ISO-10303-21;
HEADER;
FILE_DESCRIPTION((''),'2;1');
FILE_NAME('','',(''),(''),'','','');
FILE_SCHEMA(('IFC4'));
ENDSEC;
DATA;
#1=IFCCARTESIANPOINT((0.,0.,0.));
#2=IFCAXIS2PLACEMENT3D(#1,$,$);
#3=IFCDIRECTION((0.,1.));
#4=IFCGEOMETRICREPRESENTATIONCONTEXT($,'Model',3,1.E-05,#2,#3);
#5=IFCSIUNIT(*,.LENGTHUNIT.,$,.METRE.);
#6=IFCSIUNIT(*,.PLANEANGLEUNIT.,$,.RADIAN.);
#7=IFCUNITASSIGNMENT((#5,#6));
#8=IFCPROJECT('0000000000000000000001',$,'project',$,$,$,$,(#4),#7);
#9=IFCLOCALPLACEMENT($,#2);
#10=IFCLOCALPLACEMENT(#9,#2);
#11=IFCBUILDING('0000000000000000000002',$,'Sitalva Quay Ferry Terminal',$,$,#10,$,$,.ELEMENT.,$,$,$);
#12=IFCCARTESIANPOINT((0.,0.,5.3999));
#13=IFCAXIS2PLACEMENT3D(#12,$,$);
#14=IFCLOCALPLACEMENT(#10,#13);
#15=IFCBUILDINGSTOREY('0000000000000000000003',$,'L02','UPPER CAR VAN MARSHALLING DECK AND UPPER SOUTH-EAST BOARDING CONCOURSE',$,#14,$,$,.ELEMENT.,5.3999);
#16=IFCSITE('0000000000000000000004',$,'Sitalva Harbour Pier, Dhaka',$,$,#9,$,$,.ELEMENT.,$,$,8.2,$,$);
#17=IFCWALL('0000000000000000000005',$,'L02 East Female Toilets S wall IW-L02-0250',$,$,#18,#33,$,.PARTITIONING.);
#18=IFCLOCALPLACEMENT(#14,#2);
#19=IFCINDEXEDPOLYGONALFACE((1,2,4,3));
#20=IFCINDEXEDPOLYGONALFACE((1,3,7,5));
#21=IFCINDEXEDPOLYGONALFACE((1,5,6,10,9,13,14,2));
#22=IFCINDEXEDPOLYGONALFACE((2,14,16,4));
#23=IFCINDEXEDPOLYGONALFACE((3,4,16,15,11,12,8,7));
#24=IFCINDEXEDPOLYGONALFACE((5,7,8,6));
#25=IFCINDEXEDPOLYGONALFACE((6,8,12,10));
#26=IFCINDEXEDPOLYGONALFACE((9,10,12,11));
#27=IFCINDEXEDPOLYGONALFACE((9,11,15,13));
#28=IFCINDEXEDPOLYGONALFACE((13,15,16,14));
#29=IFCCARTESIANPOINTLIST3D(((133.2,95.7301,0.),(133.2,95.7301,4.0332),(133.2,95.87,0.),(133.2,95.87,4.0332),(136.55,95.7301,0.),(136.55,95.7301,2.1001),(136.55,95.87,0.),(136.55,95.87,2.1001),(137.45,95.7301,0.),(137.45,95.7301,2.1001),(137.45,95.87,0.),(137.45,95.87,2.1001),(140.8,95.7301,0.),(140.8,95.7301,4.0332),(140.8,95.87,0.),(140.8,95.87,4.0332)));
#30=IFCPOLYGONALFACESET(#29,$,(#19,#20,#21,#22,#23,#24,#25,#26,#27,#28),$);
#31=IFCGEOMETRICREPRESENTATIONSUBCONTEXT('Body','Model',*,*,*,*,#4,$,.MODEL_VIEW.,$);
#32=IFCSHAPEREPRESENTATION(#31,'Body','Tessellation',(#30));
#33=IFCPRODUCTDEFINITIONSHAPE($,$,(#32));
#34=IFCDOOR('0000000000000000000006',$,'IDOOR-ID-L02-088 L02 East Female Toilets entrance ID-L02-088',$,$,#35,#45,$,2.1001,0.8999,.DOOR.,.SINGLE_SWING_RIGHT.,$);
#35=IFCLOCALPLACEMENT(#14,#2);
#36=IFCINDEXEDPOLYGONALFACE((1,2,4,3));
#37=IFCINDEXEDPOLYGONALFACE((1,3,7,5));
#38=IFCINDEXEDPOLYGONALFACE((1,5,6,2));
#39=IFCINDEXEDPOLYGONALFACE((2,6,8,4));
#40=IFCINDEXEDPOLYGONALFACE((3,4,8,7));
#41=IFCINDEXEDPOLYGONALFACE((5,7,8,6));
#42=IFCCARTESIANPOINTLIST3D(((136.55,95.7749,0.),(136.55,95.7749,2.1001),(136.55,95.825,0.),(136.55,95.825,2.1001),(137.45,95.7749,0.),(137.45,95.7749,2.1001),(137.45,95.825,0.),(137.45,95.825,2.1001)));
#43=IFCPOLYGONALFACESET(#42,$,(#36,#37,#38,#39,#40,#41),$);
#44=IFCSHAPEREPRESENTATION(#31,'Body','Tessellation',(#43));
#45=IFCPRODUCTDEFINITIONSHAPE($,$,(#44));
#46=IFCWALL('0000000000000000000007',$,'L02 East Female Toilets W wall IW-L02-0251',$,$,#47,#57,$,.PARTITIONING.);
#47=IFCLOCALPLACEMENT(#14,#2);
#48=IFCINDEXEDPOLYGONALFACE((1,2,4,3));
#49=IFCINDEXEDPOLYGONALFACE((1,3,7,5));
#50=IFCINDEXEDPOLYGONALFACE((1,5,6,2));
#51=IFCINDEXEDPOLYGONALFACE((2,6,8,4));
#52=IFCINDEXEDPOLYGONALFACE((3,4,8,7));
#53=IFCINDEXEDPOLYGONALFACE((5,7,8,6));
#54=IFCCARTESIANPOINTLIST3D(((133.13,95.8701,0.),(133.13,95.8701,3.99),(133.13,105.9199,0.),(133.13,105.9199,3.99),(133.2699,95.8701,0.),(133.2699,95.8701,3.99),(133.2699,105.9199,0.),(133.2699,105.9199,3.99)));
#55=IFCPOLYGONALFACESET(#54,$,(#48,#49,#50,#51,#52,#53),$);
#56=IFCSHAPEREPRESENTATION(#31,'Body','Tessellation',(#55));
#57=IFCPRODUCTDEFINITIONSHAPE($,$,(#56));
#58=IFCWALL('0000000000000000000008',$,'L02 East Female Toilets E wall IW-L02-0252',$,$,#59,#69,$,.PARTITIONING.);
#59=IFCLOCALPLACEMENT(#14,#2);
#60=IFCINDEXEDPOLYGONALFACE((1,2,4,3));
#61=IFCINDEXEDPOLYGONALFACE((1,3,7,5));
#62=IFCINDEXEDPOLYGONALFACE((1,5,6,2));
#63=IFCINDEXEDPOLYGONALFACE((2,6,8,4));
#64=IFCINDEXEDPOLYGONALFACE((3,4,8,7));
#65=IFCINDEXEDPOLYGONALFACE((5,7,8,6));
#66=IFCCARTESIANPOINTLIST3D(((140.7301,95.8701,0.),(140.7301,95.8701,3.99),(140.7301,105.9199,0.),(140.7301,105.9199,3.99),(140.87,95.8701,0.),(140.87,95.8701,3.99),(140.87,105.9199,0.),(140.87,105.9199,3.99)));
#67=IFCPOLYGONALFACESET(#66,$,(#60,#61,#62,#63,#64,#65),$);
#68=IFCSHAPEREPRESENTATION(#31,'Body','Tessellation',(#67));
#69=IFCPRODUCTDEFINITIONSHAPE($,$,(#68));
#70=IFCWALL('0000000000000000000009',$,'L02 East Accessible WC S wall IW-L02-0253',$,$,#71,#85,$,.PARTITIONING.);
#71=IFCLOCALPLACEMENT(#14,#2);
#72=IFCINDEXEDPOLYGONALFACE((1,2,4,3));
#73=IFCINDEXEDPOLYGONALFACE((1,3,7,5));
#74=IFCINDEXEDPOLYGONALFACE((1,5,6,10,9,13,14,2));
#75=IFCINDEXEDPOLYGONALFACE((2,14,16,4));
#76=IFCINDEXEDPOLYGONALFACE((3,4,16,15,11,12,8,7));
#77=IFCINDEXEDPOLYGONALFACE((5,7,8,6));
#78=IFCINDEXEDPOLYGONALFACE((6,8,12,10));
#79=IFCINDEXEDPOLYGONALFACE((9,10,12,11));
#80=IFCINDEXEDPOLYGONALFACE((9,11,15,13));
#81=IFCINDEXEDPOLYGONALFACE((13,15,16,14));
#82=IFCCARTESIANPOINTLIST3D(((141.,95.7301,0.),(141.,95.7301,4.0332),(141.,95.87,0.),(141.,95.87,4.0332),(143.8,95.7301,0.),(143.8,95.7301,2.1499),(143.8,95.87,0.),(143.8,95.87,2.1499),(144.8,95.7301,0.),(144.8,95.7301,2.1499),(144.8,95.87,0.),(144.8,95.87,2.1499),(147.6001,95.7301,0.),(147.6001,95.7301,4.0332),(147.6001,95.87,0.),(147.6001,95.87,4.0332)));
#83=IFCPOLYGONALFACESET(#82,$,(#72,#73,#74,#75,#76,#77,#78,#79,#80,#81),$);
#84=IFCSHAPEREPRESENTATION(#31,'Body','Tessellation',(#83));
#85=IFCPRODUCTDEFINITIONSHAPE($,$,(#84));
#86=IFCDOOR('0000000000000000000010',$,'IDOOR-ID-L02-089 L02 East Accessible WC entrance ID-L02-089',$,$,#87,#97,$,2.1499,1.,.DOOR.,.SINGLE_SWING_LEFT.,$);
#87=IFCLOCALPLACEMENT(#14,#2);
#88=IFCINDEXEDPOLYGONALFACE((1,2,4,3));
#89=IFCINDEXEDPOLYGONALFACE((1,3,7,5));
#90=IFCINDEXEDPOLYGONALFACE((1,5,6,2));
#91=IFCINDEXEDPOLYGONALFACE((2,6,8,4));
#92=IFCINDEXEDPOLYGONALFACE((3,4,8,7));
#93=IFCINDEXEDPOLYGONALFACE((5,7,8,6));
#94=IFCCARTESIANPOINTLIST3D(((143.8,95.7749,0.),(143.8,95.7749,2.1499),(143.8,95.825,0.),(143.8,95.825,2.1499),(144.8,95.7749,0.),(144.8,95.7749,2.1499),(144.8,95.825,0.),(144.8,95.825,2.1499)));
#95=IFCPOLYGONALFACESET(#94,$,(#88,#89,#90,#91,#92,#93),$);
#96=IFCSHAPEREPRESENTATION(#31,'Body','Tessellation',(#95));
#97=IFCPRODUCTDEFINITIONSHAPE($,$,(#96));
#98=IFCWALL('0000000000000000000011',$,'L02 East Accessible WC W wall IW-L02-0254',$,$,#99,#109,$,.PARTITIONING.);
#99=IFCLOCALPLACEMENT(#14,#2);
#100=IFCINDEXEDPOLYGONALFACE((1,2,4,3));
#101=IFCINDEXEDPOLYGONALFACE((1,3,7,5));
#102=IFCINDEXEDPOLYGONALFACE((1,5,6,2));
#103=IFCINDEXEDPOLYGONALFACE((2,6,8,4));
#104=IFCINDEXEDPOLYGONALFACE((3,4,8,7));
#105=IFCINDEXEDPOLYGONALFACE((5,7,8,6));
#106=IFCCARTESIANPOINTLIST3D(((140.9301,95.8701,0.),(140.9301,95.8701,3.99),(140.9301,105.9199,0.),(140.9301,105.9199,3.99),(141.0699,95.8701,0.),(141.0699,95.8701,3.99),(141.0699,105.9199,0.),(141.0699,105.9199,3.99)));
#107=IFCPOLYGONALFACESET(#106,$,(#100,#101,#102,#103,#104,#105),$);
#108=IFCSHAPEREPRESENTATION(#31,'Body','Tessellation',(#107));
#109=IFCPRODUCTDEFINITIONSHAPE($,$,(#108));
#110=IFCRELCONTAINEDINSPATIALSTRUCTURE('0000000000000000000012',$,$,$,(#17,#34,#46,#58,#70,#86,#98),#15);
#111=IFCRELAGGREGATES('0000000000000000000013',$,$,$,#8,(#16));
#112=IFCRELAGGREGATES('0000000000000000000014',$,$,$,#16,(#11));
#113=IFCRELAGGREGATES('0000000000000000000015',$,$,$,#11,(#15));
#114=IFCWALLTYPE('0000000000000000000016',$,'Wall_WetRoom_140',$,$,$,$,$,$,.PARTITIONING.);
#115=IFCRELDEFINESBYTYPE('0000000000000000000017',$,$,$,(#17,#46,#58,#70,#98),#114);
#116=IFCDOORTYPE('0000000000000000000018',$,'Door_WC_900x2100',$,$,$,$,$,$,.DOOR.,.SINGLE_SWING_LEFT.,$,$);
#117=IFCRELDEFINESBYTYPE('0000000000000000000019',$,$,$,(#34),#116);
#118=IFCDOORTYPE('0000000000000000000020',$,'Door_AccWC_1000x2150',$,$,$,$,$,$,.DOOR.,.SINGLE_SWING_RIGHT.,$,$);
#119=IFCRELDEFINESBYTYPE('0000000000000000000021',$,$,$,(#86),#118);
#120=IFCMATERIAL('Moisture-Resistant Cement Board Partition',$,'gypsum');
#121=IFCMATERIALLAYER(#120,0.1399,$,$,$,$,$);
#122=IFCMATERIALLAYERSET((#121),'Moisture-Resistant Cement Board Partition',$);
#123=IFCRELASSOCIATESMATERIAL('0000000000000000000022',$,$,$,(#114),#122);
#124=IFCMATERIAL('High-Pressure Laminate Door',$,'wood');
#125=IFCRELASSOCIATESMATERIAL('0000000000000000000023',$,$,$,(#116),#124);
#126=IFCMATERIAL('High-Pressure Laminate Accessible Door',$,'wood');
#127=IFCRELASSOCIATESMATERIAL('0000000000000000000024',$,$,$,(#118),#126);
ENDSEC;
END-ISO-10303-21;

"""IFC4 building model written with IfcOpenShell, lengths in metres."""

from ifc_helpers import new_model, si_unit, direction, frame, frame_2d, origin, place, context, subcontext, project, spatial, rectangle, extrude, material, layer, layer_set, type_object, element, fill, save


model = new_model("IFC4")

# Units and contexts
model_context = context("Model", 3, precision=1e-05, world=origin(), true_north=direction((0.0, 1.0)))
body_context = subcontext(model_context, "Body", "Model", "MODEL_VIEW")
ifc_project = project(units=[si_unit("LENGTHUNIT", "METRE"), si_unit("PLANEANGLEUNIT", "RADIAN")], contexts=[model_context])

# Site, building, storey
site_placement = place(None, origin())
site = spatial("IfcSite", under=ifc_project, at=site_placement, Name="Sitalva Harbour Pier, Dhaka", CompositionType="ELEMENT", RefElevation=8.2)
building_placement = place(site_placement, origin())
building = spatial("IfcBuilding", under=site, at=building_placement, Name="Sitalva Quay Ferry Terminal", CompositionType="ELEMENT")
storey_placement = place(building_placement, frame((0.0, 0.0, 5.3999)))
storey = spatial("IfcBuildingStorey", under=building, at=storey_placement, Name="L02", Description="UPPER CAR VAN MARSHALLING DECK AND UPPER SOUTH-EAST BOARDING CONCOURSE", CompositionType="ELEMENT", Elevation=5.3999)

# Shared definitions
ifc_material_1 = material(Name="Moisture-Resistant Cement Board Partition", Category="gypsum")
ifc_layer_1 = layer(ifc_material_1, 0.1399)
ifc_layer_set_1 = layer_set([ifc_layer_1], Name="Moisture-Resistant Cement Board Partition")
wall_type_1 = type_object("IfcWallType", Name="Wall_WetRoom_140", PredefinedType="PARTITIONING", material=ifc_layer_set_1)
ifc_material_2 = material(Name="High-Pressure Laminate Door", Category="wood")
door_type_1 = type_object("IfcDoorType", Name="Door_WC_900x2100", OperationType="SINGLE_SWING_LEFT", PredefinedType="DOOR", material=ifc_material_2)

# Wall, opening, door
wall_1_placement = place(storey_placement, frame((133.2, 95.8, 0.0), z_axis=(0.0, 0.0, 1.0), x_axis=(1.0, 0.0, 0.0)))
wall_1 = element("IfcWall", 1, at=wall_1_placement, inside=storey, type_object=wall_type_1, Name="L02 East Female Toilets S wall IW-L02-0250", PredefinedType="PARTITIONING", context=body_context, shape_type="SweptSolid", body=[
    extrude(rectangle(XDim=7.6001, YDim=0.1399, at=frame_2d((3.8, 0.0))), origin(), (0.0, 0.0, 1.0), 4.0332),
])
opening_1_placement = place(wall_1_placement, frame((3.3501, 0.0, 0.0)))
opening_1 = element("IfcOpeningElement", 2, at=opening_1_placement, cuts=wall_1, PredefinedType="OPENING", context=body_context, shape_type="SweptSolid", body=[
    extrude(rectangle(XDim=0.8999, YDim=2.1001, at=frame_2d((0.45, 1.05))), frame((0.0, 0.0798, 0.0), z_axis=(0.0, -1.0, 0.0), x_axis=(1.0, 0.0, 0.0)), (0.0, 0.0, 1.0), 0.1599),
])
door_1_placement = place(opening_1_placement, origin())
door_1 = element("IfcDoor", 3, at=door_1_placement, inside=storey, type_object=door_type_1, Name="IDOOR-ID-L02-088 L02 East Female Toilets entrance ID-L02-088", OperationType="SINGLE_SWING_RIGHT", OverallHeight=2.1001, OverallWidth=0.8999, PredefinedType="DOOR", context=body_context, shape_type="SweptSolid", body=[
    extrude(rectangle(XDim=0.8999, YDim=2.1001, at=frame_2d((0.45, 1.05))), frame((0.0, 0.0249, 0.0), z_axis=(0.0, -1.0, 0.0), x_axis=(1.0, 0.0, 0.0)), (0.0, 0.0, 1.0), 0.05),
])
fill(opening_1, door_1)

# Walls
for number, where, z_axis, x_axis, name in (
    (4, (133.2, 95.8701, 0.0), (0.0, 0.0, 1.0), (0.0, 1.0, 0.0), "L02 East Female Toilets W wall IW-L02-0251"),
    (5, (140.8, 95.8701, 0.0), (0.0, 0.0, 1.0), (0.0, 1.0, 0.0), "L02 East Female Toilets E wall IW-L02-0252"),
):
    element("IfcWall", number, at=place(storey_placement, frame(where, z_axis=z_axis, x_axis=x_axis)), inside=storey, type_object=wall_type_1, Name=name, PredefinedType="PARTITIONING", context=body_context, shape_type="SweptSolid", body=[
        extrude(rectangle(XDim=10.0498, YDim=0.1399, at=frame_2d((5.0249, 0.0))), origin(), (0.0, 0.0, 1.0), 3.99),
    ])

# Wall, opening, door
wall_2_placement = place(storey_placement, frame((141.0, 95.8, 0.0), z_axis=(0.0, 0.0, 1.0), x_axis=(1.0, 0.0, 0.0)))
wall_2 = element("IfcWall", 6, at=wall_2_placement, inside=storey, type_object=wall_type_1, Name="L02 East Accessible WC S wall IW-L02-0253", PredefinedType="PARTITIONING", context=body_context, shape_type="SweptSolid", body=[
    extrude(rectangle(XDim=6.6001, YDim=0.1399, at=frame_2d((3.3, 0.0))), origin(), (0.0, 0.0, 1.0), 4.0332),
])
opening_2_placement = place(wall_2_placement, frame((2.8, 0.0, 0.0)))
opening_2 = element("IfcOpeningElement", 7, at=opening_2_placement, cuts=wall_2, PredefinedType="OPENING", context=body_context, shape_type="SweptSolid", body=[
    extrude(rectangle(XDim=1.0, YDim=2.1499, at=frame_2d((0.5, 1.075))), frame((0.0, 0.0798, 0.0), z_axis=(0.0, -1.0, 0.0), x_axis=(1.0, 0.0, 0.0)), (0.0, 0.0, 1.0), 0.1599),
])
ifc_material_3 = material(Name="High-Pressure Laminate Accessible Door", Category="wood")
door_type_2 = type_object("IfcDoorType", Name="Door_AccWC_1000x2150", OperationType="SINGLE_SWING_RIGHT", PredefinedType="DOOR", material=ifc_material_3)
door_2_placement = place(opening_2_placement, origin())
door_2 = element("IfcDoor", 8, at=door_2_placement, inside=storey, type_object=door_type_2, Name="IDOOR-ID-L02-089 L02 East Accessible WC entrance ID-L02-089", OperationType="SINGLE_SWING_LEFT", OverallHeight=2.1499, OverallWidth=1.0, PredefinedType="DOOR", context=body_context, shape_type="SweptSolid", body=[
    extrude(rectangle(XDim=1.0, YDim=2.1499, at=frame_2d((0.5, 1.075))), frame((0.0, 0.0249, 0.0), z_axis=(0.0, -1.0, 0.0), x_axis=(1.0, 0.0, 0.0)), (0.0, 0.0, 1.0), 0.05),
])
fill(opening_2, door_2)

# Wall
wall_3_placement = place(storey_placement, frame((141.0, 95.8701, 0.0), z_axis=(0.0, 0.0, 1.0), x_axis=(0.0, 1.0, 0.0)))
element("IfcWall", 9, at=wall_3_placement, inside=storey, type_object=wall_type_1, Name="L02 East Accessible WC W wall IW-L02-0254", PredefinedType="PARTITIONING", context=body_context, shape_type="SweptSolid", body=[
    extrude(rectangle(XDim=10.0498, YDim=0.1399, at=frame_2d((5.0249, 0.0))), origin(), (0.0, 0.0, 1.0), 3.99),
])

save(model, "model.ifc")
